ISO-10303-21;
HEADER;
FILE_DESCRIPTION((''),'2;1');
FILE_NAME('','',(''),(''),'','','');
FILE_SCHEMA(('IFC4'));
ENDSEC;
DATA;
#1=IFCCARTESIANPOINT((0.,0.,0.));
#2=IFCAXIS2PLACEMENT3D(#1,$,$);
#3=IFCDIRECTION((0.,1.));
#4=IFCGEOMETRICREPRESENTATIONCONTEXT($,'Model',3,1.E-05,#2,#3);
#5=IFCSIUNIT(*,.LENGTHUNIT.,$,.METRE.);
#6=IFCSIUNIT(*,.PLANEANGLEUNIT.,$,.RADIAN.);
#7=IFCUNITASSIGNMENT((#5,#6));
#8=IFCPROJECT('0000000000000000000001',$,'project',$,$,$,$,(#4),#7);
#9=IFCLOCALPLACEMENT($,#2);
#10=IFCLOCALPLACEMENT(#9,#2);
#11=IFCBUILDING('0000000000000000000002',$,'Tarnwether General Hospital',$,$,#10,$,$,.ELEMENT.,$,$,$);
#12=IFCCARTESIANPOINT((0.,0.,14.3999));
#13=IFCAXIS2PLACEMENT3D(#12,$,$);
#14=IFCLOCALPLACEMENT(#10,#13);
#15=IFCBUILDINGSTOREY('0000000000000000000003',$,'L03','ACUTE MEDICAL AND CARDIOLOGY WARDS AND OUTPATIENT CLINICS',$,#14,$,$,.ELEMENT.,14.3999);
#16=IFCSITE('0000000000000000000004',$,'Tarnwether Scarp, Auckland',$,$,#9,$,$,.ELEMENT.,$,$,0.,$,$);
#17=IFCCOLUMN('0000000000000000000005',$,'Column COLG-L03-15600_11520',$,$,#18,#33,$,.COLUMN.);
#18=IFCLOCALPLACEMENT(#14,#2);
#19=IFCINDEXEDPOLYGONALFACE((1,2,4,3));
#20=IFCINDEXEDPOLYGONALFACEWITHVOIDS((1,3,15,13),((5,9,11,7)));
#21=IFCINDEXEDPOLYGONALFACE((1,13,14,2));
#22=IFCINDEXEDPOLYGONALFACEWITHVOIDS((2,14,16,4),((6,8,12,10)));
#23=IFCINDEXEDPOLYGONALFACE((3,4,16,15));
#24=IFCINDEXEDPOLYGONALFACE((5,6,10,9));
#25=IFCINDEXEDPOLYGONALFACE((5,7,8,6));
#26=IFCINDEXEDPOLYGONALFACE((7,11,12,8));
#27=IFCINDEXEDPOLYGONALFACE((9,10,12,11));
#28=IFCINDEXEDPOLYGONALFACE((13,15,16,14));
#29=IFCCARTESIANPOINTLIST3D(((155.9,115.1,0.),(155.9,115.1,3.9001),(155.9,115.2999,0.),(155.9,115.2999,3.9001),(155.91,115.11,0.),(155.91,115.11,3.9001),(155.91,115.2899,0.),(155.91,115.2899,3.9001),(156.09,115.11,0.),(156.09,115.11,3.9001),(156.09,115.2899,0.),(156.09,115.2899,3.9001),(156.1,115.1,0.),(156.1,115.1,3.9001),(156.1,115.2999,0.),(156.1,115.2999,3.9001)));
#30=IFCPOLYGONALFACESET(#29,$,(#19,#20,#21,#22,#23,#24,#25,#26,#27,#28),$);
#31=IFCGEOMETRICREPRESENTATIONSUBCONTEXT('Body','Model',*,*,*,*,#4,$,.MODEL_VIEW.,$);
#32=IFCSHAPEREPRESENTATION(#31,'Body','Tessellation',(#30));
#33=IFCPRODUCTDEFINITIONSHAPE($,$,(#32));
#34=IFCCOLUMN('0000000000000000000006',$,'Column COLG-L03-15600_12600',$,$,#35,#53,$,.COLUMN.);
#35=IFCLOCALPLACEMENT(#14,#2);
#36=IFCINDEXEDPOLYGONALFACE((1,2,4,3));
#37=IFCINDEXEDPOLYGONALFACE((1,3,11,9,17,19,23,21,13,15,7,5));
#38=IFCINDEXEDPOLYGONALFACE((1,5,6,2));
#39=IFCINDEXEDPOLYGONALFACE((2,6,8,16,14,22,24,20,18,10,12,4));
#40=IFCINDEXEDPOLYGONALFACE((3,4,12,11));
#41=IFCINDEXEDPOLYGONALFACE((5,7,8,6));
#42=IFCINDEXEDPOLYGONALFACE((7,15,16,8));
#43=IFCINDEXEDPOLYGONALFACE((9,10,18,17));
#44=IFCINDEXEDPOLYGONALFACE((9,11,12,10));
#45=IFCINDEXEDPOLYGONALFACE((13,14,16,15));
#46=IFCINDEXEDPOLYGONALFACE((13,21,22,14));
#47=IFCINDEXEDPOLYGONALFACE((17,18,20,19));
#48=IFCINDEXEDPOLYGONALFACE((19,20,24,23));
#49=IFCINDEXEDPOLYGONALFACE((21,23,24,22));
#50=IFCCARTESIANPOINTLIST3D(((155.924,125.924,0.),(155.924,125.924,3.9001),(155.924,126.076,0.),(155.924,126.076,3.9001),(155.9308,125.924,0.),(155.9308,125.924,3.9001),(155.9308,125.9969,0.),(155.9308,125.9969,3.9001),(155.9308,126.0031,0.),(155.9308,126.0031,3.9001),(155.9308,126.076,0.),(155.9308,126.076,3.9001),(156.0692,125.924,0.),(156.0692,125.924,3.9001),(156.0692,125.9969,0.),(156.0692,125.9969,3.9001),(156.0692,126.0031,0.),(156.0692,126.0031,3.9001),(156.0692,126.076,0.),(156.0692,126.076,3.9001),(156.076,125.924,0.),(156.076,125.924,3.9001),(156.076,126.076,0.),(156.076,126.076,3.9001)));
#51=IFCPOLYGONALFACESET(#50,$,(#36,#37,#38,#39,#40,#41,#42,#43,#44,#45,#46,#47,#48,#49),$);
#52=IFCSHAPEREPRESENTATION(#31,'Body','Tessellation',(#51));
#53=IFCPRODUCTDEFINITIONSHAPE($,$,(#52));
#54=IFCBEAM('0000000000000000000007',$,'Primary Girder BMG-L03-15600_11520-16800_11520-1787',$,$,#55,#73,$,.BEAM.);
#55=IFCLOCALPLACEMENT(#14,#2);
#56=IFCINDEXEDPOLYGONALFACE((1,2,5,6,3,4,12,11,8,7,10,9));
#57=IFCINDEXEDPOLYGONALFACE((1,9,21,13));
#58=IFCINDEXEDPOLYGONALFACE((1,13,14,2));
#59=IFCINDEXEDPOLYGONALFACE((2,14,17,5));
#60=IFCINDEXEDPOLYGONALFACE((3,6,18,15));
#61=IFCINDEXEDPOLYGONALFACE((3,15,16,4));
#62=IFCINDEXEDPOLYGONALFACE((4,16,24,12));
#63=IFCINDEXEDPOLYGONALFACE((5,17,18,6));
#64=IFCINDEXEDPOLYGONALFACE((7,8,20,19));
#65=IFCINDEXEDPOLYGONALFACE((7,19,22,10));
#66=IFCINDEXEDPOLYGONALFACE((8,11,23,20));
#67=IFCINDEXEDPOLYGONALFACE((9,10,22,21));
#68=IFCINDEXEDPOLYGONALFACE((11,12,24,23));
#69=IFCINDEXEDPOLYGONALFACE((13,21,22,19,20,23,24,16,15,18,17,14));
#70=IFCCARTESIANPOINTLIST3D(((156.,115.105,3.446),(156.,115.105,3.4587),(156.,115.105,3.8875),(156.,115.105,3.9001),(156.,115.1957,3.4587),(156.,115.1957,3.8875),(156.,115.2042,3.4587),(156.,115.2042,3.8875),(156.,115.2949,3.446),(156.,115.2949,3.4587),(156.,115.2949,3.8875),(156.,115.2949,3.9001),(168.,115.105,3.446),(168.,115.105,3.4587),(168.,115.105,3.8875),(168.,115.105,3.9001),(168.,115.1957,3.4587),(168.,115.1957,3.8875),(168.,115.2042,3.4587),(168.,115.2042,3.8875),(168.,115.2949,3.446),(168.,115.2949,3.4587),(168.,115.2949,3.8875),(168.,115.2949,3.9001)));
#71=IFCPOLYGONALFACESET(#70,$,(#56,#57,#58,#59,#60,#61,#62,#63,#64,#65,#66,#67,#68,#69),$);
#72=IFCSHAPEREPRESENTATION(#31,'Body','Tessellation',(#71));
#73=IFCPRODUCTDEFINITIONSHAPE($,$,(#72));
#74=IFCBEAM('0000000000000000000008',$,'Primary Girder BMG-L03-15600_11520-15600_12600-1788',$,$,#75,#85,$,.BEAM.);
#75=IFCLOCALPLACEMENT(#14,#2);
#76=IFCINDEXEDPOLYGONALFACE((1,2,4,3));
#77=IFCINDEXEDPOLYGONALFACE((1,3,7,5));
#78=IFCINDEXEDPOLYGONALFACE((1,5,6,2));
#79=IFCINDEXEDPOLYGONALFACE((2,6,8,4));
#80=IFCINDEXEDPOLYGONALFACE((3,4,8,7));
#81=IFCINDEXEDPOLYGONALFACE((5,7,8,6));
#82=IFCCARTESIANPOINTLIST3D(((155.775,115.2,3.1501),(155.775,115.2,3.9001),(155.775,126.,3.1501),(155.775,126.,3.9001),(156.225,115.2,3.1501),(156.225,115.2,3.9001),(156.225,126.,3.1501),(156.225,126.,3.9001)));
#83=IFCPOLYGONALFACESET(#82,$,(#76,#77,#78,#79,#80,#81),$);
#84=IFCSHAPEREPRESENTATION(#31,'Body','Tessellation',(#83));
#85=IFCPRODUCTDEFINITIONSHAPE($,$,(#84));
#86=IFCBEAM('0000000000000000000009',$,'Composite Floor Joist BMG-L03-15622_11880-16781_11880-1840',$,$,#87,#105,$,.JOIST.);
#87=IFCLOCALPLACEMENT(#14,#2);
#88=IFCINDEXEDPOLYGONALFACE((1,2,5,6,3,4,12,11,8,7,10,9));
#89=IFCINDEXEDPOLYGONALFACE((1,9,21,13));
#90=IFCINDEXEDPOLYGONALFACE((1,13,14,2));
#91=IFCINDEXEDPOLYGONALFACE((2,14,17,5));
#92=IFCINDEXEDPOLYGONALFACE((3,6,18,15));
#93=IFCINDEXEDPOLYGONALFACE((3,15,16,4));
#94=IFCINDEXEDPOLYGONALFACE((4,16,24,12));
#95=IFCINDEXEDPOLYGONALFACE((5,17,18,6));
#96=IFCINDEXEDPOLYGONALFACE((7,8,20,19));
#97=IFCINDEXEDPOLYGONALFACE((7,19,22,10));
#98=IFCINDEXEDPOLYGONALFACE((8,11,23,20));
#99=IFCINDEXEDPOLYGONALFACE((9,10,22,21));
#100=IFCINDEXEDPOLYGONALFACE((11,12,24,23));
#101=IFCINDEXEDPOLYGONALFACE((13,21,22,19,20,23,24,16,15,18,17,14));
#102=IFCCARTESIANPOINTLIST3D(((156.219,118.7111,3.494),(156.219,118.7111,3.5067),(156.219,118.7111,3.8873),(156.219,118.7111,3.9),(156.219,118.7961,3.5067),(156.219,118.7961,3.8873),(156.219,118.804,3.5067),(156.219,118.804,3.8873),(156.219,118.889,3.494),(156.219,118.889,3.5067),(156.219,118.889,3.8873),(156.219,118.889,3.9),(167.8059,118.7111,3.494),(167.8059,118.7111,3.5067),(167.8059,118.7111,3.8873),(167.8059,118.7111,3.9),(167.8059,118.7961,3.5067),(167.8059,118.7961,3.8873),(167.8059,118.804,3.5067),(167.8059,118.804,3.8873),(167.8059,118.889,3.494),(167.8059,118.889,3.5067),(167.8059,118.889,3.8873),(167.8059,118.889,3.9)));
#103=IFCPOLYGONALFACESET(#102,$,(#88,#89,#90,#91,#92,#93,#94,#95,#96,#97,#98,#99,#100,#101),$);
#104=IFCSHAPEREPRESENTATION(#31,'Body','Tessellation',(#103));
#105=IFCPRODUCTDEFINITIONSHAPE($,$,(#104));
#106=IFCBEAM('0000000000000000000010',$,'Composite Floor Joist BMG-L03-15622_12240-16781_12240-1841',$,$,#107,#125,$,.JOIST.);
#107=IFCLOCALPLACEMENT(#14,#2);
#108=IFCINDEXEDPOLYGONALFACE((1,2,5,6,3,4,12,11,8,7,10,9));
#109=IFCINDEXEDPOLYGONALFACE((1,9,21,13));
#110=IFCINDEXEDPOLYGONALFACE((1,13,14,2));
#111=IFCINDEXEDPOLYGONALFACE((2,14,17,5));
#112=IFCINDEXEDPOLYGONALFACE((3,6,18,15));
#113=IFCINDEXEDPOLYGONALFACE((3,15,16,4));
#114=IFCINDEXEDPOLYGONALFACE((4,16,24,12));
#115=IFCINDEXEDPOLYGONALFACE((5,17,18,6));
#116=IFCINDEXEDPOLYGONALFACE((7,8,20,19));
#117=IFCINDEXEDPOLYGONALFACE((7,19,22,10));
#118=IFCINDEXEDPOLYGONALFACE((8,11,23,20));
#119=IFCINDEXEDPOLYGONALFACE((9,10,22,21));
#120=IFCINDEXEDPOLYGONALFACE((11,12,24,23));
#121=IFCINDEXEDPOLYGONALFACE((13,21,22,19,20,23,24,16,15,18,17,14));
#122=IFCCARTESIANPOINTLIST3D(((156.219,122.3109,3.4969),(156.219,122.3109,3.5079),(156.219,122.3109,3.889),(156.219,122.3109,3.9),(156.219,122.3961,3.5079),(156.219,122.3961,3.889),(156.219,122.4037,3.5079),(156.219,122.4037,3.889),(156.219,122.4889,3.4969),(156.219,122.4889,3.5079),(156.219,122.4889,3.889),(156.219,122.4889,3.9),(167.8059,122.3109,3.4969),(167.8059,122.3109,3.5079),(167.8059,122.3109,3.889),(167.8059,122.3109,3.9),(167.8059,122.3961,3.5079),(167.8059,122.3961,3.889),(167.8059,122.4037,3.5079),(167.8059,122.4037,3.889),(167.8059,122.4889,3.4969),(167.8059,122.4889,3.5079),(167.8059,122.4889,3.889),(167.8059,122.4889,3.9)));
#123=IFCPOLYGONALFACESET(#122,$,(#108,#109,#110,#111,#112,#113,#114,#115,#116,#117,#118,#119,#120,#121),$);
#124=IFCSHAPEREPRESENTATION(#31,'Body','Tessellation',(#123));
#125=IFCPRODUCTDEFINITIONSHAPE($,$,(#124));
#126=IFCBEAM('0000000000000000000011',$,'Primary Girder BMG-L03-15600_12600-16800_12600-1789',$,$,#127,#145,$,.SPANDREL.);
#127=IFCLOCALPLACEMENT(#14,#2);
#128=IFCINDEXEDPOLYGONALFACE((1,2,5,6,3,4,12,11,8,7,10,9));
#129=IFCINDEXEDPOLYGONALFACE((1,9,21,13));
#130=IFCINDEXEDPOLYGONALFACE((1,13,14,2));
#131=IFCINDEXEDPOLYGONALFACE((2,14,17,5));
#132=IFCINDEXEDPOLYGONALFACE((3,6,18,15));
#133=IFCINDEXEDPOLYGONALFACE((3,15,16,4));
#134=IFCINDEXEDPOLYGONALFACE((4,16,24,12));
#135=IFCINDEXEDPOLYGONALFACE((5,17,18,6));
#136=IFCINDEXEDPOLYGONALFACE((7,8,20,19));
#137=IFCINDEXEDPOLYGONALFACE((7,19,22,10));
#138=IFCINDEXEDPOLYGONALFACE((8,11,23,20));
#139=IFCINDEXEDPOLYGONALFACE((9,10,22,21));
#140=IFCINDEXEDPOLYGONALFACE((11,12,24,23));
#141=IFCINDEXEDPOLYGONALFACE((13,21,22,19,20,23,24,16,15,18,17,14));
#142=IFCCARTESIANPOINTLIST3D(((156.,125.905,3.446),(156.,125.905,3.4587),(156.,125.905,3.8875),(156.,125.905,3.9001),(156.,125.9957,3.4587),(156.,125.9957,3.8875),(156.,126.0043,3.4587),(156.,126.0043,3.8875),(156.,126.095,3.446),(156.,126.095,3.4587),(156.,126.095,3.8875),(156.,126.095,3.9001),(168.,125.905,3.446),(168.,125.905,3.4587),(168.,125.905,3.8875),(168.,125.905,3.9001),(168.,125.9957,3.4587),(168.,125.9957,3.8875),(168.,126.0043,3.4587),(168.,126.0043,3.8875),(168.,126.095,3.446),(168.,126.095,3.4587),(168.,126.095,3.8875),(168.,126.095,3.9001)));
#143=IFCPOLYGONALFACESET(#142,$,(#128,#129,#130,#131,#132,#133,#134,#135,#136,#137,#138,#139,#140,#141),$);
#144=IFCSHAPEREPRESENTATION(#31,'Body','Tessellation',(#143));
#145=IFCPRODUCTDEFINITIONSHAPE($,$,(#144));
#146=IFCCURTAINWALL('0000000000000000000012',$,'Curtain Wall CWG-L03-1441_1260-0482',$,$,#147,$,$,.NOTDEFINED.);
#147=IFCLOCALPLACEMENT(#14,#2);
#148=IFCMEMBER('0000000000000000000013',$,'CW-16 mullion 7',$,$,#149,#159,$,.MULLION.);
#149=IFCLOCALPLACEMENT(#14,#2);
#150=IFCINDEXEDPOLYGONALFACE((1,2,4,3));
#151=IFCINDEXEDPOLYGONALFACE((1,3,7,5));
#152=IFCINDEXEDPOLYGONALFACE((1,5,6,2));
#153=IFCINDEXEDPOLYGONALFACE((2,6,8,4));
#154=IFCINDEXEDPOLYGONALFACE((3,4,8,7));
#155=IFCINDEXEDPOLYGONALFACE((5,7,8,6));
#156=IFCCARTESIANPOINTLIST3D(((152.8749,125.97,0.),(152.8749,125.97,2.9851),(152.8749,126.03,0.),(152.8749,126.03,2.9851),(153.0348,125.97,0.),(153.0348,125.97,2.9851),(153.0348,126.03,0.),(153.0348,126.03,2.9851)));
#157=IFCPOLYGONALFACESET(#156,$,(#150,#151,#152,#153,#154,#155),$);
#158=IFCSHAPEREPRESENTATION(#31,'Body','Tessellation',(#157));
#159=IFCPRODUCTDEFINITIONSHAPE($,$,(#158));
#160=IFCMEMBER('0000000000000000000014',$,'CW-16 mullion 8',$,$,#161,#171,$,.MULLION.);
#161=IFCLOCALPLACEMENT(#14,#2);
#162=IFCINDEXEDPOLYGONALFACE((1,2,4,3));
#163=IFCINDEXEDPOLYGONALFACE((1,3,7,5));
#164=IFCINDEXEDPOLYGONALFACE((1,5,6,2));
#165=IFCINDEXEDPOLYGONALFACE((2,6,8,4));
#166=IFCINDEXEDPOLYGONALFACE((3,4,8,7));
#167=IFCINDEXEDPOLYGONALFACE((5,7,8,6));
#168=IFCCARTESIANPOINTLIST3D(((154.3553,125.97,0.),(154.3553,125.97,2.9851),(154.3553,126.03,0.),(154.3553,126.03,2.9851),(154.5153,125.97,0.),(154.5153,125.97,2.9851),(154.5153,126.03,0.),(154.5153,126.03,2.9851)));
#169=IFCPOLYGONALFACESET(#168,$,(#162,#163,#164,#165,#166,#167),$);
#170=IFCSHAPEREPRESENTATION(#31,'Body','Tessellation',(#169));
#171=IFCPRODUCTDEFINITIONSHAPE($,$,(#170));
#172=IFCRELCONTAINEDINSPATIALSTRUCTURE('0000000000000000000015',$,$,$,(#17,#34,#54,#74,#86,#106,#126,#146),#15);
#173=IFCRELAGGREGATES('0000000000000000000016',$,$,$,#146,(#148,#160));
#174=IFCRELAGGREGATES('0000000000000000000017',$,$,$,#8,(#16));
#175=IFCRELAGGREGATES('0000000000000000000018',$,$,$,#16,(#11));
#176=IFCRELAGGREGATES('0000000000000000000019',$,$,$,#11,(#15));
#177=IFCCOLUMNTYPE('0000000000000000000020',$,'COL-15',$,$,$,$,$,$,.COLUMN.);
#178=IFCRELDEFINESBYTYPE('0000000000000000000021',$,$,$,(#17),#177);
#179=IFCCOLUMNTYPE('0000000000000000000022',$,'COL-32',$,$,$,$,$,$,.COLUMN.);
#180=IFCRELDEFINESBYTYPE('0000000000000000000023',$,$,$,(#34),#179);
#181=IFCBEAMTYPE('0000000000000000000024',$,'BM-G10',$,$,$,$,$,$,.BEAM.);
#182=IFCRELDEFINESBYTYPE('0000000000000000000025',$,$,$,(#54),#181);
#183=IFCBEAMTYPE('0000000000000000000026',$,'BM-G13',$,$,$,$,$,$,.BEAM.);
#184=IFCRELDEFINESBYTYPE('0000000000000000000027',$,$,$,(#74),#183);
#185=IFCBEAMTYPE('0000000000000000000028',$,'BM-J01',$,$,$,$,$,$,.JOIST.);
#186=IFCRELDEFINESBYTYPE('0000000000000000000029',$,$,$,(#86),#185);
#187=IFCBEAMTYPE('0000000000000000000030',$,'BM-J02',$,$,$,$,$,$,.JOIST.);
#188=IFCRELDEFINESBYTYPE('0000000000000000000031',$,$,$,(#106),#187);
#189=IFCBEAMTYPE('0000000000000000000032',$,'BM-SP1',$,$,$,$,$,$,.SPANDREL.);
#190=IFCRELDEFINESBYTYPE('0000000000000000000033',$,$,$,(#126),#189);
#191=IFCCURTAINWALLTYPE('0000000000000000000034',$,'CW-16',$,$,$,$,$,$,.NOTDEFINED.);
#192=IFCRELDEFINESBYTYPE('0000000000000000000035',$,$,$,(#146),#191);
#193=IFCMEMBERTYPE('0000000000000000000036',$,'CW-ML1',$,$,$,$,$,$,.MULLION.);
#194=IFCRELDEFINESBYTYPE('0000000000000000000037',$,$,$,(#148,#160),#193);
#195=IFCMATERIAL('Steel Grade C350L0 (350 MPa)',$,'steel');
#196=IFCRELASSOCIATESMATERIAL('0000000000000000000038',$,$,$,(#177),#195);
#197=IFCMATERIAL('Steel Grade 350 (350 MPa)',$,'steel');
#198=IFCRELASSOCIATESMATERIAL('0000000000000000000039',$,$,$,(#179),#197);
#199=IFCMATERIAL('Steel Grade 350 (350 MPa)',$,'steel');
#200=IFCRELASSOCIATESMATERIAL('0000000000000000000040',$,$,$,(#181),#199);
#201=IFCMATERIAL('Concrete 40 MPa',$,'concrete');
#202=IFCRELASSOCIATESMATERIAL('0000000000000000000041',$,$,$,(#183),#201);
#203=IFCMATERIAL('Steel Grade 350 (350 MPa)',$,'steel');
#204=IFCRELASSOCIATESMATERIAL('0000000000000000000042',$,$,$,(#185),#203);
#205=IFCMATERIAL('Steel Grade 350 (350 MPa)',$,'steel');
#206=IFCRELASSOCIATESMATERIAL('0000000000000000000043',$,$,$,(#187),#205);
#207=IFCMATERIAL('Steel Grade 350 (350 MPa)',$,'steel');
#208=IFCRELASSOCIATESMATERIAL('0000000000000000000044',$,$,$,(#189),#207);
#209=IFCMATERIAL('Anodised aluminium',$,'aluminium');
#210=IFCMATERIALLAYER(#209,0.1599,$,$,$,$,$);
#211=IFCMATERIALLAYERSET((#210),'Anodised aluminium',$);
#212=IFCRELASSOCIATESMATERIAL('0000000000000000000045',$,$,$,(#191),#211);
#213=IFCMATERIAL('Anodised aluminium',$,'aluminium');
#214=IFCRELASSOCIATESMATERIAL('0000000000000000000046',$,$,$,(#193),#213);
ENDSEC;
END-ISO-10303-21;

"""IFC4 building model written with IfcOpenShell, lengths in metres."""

from ifc_helpers import new_model, si_unit, direction, frame, origin, origin_2d, place, context, subcontext, project, spatial, rectangle, hollow_rectangle, i_section, extrude, material, layer, layer_set, material_profile, profile_set, type_object, element, aggregate, save


model = new_model("IFC4")

# Units and contexts
model_context = context("Model", 3, precision=1e-05, world=origin(), true_north=direction((0.0, 1.0)))
body_context = subcontext(model_context, "Body", "Model", "MODEL_VIEW")
ifc_project = project(units=[si_unit("LENGTHUNIT", "METRE"), si_unit("PLANEANGLEUNIT", "RADIAN")], contexts=[model_context])

# Site, building, storey
site_placement = place(None, origin())
site = spatial("IfcSite", under=ifc_project, at=site_placement, Name="Tarnwether Scarp, Auckland", CompositionType="ELEMENT", RefElevation=0.0)
building_placement = place(site_placement, origin())
building = spatial("IfcBuilding", under=site, at=building_placement, Name="Tarnwether General Hospital", CompositionType="ELEMENT")
storey_placement = place(building_placement, frame((0.0, 0.0, 14.3999)))
storey = spatial("IfcBuildingStorey", under=building, at=storey_placement, Name="L03", Description="ACUTE MEDICAL AND CARDIOLOGY WARDS AND OUTPATIENT CLINICS", CompositionType="ELEMENT", Elevation=14.3999)

# Columns
ifc_material_1 = material(Name="Steel Grade C350L0 (350 MPa)", Category="steel")
ifc_material_profile_1 = material_profile(ifc_material_1, hollow_rectangle(XDim=0.2, YDim=0.2, WallThickness=0.01, at=origin_2d()), Name="SHS200x200x10")
ifc_profile_set_1 = profile_set([ifc_material_profile_1], Name="Steel Grade C350L0 (350 MPa)")
column_type_1 = type_object("IfcColumnType", Name="COL-15", PredefinedType="COLUMN", material=ifc_profile_set_1)
column_1_placement = place(storey_placement, frame((156.0, 115.2, 0.0), z_axis=(0.0, 0.0, 1.0), x_axis=(0.0, 1.0, 0.0)))
element("IfcColumn", 1, at=column_1_placement, inside=storey, type_object=column_type_1, Name="Column COLG-L03-15600_11520", PredefinedType="COLUMN", context=body_context, shape_type="SweptSolid", body=[
    extrude(hollow_rectangle(XDim=0.2, YDim=0.2, WallThickness=0.01, at=origin_2d()), origin(), (0.0, 0.0, 1.0), 3.9001),
])
ifc_material_2 = material(Name="Steel Grade 350 (350 MPa)", Category="steel")
ifc_material_profile_2 = material_profile(ifc_material_2, i_section(OverallWidth=0.1521, OverallDepth=0.1521, WebThickness=0.0061, FlangeThickness=0.0068, at=origin_2d()), Name="150UC23.4")
ifc_profile_set_2 = profile_set([ifc_material_profile_2], Name="Steel Grade 350 (350 MPa)")
column_type_2 = type_object("IfcColumnType", Name="COL-32", PredefinedType="COLUMN", material=ifc_profile_set_2)
column_2_placement = place(storey_placement, frame((156.0, 126.0, 0.0), z_axis=(0.0, 0.0, 1.0), x_axis=(0.0, 1.0, 0.0)))
element("IfcColumn", 2, at=column_2_placement, inside=storey, type_object=column_type_2, Name="Column COLG-L03-15600_12600", PredefinedType="COLUMN", context=body_context, shape_type="SweptSolid", body=[
    extrude(i_section(OverallWidth=0.1521, OverallDepth=0.1521, WebThickness=0.0061, FlangeThickness=0.0068, at=origin_2d()), origin(), (0.0, 0.0, 1.0), 3.9001),
])

# Beams
ifc_material_3 = material(Name="Steel Grade 350 (350 MPa)", Category="steel")
ifc_material_profile_3 = material_profile(ifc_material_3, i_section(OverallWidth=0.1899, OverallDepth=0.4541, WebThickness=0.0085, FlangeThickness=0.0127, at=origin_2d()), Name="460UB67.1")
ifc_profile_set_3 = profile_set([ifc_material_profile_3], Name="Steel Grade 350 (350 MPa)")
beam_type_1 = type_object("IfcBeamType", Name="BM-G10", PredefinedType="BEAM", material=ifc_profile_set_3)
beam_1_placement = place(storey_placement, frame((156.0, 115.2, 3.6731), z_axis=(1.0, 0.0, 0.0), x_axis=(0.0, 1.0, 0.0)))
element("IfcBeam", 3, at=beam_1_placement, inside=storey, type_object=beam_type_1, Name="Primary Girder BMG-L03-15600_11520-16800_11520-1787", PredefinedType="BEAM", context=body_context, shape_type="SweptSolid", body=[
    extrude(i_section(OverallWidth=0.1899, OverallDepth=0.4541, WebThickness=0.0085, FlangeThickness=0.0127, at=origin_2d()), origin(), (0.0, 0.0, 1.0), 12.0),
])
ifc_material_4 = material(Name="Concrete 40 MPa", Category="concrete")
ifc_material_profile_4 = material_profile(ifc_material_4, rectangle(XDim=0.45, YDim=0.75, at=origin_2d()), Name="RC-BM-450x750")
ifc_profile_set_4 = profile_set([ifc_material_profile_4], Name="Concrete 40 MPa")
beam_type_2 = type_object("IfcBeamType", Name="BM-G13", PredefinedType="BEAM", material=ifc_profile_set_4)
beam_2_placement = place(storey_placement, frame((156.0, 115.2, 3.5251), z_axis=(0.0, 1.0, 0.0), x_axis=(-1.0, 0.0, 0.0)))
element("IfcBeam", 4, at=beam_2_placement, inside=storey, type_object=beam_type_2, Name="Primary Girder BMG-L03-15600_11520-15600_12600-1788", PredefinedType="BEAM", context=body_context, shape_type="SweptSolid", body=[
    extrude(rectangle(XDim=0.45, YDim=0.75, at=origin_2d()), origin(), (0.0, 0.0, 1.0), 10.8),
])
ifc_material_5 = material(Name="Steel Grade 350 (350 MPa)", Category="steel")
ifc_material_profile_5 = material_profile(ifc_material_5, i_section(OverallWidth=0.178, OverallDepth=0.406, WebThickness=0.0078, FlangeThickness=0.0127, at=origin_2d()), Name="410UB59.7")
ifc_profile_set_5 = profile_set([ifc_material_profile_5], Name="Steel Grade 350 (350 MPa)")
beam_type_3 = type_object("IfcBeamType", Name="BM-J01", PredefinedType="JOIST", material=ifc_profile_set_5)
beam_3_placement = place(storey_placement, frame((156.219, 118.8, 3.697), z_axis=(1.0, 0.0, 0.0), x_axis=(0.0, 1.0, 0.0)))
element("IfcBeam", 5, at=beam_3_placement, inside=storey, type_object=beam_type_3, Name="Composite Floor Joist BMG-L03-15622_11880-16781_11880-1840", PredefinedType="JOIST", context=body_context, shape_type="SweptSolid", body=[
    extrude(i_section(OverallWidth=0.178, OverallDepth=0.406, WebThickness=0.0078, FlangeThickness=0.0127, at=origin_2d()), origin(), (0.0, 0.0, 1.0), 11.5869),
])
ifc_material_6 = material(Name="Steel Grade 350 (350 MPa)", Category="steel")
ifc_material_profile_6 = material_profile(ifc_material_6, i_section(OverallWidth=0.178, OverallDepth=0.4031, WebThickness=0.0076, FlangeThickness=0.011, at=origin_2d()), Name="410UB53.7")
ifc_profile_set_6 = profile_set([ifc_material_profile_6], Name="Steel Grade 350 (350 MPa)")
beam_type_4 = type_object("IfcBeamType", Name="BM-J02", PredefinedType="JOIST", material=ifc_profile_set_6)
beam_4_placement = place(storey_placement, frame((156.219, 122.3999, 3.6985), z_axis=(1.0, 0.0, 0.0), x_axis=(0.0, 1.0, 0.0)))
element("IfcBeam", 6, at=beam_4_placement, inside=storey, type_object=beam_type_4, Name="Composite Floor Joist BMG-L03-15622_12240-16781_12240-1841", PredefinedType="JOIST", context=body_context, shape_type="SweptSolid", body=[
    extrude(i_section(OverallWidth=0.178, OverallDepth=0.4031, WebThickness=0.0076, FlangeThickness=0.011, at=origin_2d()), origin(), (0.0, 0.0, 1.0), 11.5869),
])
ifc_material_7 = material(Name="Steel Grade 350 (350 MPa)", Category="steel")
ifc_material_profile_7 = material_profile(ifc_material_7, i_section(OverallWidth=0.1899, OverallDepth=0.4541, WebThickness=0.0085, FlangeThickness=0.0127, at=origin_2d()), Name="460UB67.1")
ifc_profile_set_7 = profile_set([ifc_material_profile_7], Name="Steel Grade 350 (350 MPa)")
beam_type_5 = type_object("IfcBeamType", Name="BM-SP1", PredefinedType="SPANDREL", material=ifc_profile_set_7)
beam_5_placement = place(storey_placement, frame((156.0, 126.0, 3.6731), z_axis=(1.0, 0.0, 0.0), x_axis=(0.0, 1.0, 0.0)))
element("IfcBeam", 7, at=beam_5_placement, inside=storey, type_object=beam_type_5, Name="Primary Girder BMG-L03-15600_12600-16800_12600-1789", PredefinedType="SPANDREL", context=body_context, shape_type="SweptSolid", body=[
    extrude(i_section(OverallWidth=0.1899, OverallDepth=0.4541, WebThickness=0.0085, FlangeThickness=0.0127, at=origin_2d()), origin(), (0.0, 0.0, 1.0), 12.0),
])

# Curtain wall, members
ifc_material_8 = material(Name="Anodised aluminium", Category="aluminium")
ifc_layer_1 = layer(ifc_material_8, 0.1599)
ifc_layer_set_1 = layer_set([ifc_layer_1], Name="Anodised aluminium")
curtain_wall_type = type_object("IfcCurtainWallType", Name="CW-16", PredefinedType="NOTDEFINED", material=ifc_layer_set_1)
curtain_wall_1_placement = place(storey_placement, origin())
curtain_wall_1 = element("IfcCurtainWall", 8, at=curtain_wall_1_placement, inside=storey, type_object=curtain_wall_type, Name="Curtain Wall CWG-L03-1441_1260-0482", PredefinedType="NOTDEFINED")
ifc_material_9 = material(Name="Anodised aluminium", Category="aluminium")
ifc_material_profile_8 = material_profile(ifc_material_9, rectangle(XDim=0.0601, YDim=0.1599, at=origin_2d()), Name="ALU-MUL-60x160")
ifc_profile_set_8 = profile_set([ifc_material_profile_8], Name="Anodised aluminium")
member_type_1 = type_object("IfcMemberType", Name="CW-ML1", PredefinedType="MULLION", material=ifc_profile_set_8)
member_1_placement = place(storey_placement, frame((152.9548, 126.0, 0.0), z_axis=(0.0, 0.0, 1.0), x_axis=(0.0, 1.0, 0.0)))
member_1 = element("IfcMember", 9, at=member_1_placement, type_object=member_type_1, Name="CW-16 mullion 7", PredefinedType="MULLION", context=body_context, shape_type="SweptSolid", body=[
    extrude(rectangle(XDim=0.0601, YDim=0.1599, at=origin_2d()), origin(), (0.0, 0.0, 1.0), 2.9851),
])
member_2_placement = place(storey_placement, frame((154.4353, 126.0, 0.0), z_axis=(0.0, 0.0, 1.0), x_axis=(0.0, 1.0, 0.0)))
member_2 = element("IfcMember", 10, at=member_2_placement, type_object=member_type_1, Name="CW-16 mullion 8", PredefinedType="MULLION", context=body_context, shape_type="SweptSolid", body=[
    extrude(rectangle(XDim=0.0601, YDim=0.1599, at=origin_2d()), origin(), (0.0, 0.0, 1.0), 2.9851),
])

aggregate(curtain_wall_1, [member_1, member_2])

save(model, "model.ifc")
